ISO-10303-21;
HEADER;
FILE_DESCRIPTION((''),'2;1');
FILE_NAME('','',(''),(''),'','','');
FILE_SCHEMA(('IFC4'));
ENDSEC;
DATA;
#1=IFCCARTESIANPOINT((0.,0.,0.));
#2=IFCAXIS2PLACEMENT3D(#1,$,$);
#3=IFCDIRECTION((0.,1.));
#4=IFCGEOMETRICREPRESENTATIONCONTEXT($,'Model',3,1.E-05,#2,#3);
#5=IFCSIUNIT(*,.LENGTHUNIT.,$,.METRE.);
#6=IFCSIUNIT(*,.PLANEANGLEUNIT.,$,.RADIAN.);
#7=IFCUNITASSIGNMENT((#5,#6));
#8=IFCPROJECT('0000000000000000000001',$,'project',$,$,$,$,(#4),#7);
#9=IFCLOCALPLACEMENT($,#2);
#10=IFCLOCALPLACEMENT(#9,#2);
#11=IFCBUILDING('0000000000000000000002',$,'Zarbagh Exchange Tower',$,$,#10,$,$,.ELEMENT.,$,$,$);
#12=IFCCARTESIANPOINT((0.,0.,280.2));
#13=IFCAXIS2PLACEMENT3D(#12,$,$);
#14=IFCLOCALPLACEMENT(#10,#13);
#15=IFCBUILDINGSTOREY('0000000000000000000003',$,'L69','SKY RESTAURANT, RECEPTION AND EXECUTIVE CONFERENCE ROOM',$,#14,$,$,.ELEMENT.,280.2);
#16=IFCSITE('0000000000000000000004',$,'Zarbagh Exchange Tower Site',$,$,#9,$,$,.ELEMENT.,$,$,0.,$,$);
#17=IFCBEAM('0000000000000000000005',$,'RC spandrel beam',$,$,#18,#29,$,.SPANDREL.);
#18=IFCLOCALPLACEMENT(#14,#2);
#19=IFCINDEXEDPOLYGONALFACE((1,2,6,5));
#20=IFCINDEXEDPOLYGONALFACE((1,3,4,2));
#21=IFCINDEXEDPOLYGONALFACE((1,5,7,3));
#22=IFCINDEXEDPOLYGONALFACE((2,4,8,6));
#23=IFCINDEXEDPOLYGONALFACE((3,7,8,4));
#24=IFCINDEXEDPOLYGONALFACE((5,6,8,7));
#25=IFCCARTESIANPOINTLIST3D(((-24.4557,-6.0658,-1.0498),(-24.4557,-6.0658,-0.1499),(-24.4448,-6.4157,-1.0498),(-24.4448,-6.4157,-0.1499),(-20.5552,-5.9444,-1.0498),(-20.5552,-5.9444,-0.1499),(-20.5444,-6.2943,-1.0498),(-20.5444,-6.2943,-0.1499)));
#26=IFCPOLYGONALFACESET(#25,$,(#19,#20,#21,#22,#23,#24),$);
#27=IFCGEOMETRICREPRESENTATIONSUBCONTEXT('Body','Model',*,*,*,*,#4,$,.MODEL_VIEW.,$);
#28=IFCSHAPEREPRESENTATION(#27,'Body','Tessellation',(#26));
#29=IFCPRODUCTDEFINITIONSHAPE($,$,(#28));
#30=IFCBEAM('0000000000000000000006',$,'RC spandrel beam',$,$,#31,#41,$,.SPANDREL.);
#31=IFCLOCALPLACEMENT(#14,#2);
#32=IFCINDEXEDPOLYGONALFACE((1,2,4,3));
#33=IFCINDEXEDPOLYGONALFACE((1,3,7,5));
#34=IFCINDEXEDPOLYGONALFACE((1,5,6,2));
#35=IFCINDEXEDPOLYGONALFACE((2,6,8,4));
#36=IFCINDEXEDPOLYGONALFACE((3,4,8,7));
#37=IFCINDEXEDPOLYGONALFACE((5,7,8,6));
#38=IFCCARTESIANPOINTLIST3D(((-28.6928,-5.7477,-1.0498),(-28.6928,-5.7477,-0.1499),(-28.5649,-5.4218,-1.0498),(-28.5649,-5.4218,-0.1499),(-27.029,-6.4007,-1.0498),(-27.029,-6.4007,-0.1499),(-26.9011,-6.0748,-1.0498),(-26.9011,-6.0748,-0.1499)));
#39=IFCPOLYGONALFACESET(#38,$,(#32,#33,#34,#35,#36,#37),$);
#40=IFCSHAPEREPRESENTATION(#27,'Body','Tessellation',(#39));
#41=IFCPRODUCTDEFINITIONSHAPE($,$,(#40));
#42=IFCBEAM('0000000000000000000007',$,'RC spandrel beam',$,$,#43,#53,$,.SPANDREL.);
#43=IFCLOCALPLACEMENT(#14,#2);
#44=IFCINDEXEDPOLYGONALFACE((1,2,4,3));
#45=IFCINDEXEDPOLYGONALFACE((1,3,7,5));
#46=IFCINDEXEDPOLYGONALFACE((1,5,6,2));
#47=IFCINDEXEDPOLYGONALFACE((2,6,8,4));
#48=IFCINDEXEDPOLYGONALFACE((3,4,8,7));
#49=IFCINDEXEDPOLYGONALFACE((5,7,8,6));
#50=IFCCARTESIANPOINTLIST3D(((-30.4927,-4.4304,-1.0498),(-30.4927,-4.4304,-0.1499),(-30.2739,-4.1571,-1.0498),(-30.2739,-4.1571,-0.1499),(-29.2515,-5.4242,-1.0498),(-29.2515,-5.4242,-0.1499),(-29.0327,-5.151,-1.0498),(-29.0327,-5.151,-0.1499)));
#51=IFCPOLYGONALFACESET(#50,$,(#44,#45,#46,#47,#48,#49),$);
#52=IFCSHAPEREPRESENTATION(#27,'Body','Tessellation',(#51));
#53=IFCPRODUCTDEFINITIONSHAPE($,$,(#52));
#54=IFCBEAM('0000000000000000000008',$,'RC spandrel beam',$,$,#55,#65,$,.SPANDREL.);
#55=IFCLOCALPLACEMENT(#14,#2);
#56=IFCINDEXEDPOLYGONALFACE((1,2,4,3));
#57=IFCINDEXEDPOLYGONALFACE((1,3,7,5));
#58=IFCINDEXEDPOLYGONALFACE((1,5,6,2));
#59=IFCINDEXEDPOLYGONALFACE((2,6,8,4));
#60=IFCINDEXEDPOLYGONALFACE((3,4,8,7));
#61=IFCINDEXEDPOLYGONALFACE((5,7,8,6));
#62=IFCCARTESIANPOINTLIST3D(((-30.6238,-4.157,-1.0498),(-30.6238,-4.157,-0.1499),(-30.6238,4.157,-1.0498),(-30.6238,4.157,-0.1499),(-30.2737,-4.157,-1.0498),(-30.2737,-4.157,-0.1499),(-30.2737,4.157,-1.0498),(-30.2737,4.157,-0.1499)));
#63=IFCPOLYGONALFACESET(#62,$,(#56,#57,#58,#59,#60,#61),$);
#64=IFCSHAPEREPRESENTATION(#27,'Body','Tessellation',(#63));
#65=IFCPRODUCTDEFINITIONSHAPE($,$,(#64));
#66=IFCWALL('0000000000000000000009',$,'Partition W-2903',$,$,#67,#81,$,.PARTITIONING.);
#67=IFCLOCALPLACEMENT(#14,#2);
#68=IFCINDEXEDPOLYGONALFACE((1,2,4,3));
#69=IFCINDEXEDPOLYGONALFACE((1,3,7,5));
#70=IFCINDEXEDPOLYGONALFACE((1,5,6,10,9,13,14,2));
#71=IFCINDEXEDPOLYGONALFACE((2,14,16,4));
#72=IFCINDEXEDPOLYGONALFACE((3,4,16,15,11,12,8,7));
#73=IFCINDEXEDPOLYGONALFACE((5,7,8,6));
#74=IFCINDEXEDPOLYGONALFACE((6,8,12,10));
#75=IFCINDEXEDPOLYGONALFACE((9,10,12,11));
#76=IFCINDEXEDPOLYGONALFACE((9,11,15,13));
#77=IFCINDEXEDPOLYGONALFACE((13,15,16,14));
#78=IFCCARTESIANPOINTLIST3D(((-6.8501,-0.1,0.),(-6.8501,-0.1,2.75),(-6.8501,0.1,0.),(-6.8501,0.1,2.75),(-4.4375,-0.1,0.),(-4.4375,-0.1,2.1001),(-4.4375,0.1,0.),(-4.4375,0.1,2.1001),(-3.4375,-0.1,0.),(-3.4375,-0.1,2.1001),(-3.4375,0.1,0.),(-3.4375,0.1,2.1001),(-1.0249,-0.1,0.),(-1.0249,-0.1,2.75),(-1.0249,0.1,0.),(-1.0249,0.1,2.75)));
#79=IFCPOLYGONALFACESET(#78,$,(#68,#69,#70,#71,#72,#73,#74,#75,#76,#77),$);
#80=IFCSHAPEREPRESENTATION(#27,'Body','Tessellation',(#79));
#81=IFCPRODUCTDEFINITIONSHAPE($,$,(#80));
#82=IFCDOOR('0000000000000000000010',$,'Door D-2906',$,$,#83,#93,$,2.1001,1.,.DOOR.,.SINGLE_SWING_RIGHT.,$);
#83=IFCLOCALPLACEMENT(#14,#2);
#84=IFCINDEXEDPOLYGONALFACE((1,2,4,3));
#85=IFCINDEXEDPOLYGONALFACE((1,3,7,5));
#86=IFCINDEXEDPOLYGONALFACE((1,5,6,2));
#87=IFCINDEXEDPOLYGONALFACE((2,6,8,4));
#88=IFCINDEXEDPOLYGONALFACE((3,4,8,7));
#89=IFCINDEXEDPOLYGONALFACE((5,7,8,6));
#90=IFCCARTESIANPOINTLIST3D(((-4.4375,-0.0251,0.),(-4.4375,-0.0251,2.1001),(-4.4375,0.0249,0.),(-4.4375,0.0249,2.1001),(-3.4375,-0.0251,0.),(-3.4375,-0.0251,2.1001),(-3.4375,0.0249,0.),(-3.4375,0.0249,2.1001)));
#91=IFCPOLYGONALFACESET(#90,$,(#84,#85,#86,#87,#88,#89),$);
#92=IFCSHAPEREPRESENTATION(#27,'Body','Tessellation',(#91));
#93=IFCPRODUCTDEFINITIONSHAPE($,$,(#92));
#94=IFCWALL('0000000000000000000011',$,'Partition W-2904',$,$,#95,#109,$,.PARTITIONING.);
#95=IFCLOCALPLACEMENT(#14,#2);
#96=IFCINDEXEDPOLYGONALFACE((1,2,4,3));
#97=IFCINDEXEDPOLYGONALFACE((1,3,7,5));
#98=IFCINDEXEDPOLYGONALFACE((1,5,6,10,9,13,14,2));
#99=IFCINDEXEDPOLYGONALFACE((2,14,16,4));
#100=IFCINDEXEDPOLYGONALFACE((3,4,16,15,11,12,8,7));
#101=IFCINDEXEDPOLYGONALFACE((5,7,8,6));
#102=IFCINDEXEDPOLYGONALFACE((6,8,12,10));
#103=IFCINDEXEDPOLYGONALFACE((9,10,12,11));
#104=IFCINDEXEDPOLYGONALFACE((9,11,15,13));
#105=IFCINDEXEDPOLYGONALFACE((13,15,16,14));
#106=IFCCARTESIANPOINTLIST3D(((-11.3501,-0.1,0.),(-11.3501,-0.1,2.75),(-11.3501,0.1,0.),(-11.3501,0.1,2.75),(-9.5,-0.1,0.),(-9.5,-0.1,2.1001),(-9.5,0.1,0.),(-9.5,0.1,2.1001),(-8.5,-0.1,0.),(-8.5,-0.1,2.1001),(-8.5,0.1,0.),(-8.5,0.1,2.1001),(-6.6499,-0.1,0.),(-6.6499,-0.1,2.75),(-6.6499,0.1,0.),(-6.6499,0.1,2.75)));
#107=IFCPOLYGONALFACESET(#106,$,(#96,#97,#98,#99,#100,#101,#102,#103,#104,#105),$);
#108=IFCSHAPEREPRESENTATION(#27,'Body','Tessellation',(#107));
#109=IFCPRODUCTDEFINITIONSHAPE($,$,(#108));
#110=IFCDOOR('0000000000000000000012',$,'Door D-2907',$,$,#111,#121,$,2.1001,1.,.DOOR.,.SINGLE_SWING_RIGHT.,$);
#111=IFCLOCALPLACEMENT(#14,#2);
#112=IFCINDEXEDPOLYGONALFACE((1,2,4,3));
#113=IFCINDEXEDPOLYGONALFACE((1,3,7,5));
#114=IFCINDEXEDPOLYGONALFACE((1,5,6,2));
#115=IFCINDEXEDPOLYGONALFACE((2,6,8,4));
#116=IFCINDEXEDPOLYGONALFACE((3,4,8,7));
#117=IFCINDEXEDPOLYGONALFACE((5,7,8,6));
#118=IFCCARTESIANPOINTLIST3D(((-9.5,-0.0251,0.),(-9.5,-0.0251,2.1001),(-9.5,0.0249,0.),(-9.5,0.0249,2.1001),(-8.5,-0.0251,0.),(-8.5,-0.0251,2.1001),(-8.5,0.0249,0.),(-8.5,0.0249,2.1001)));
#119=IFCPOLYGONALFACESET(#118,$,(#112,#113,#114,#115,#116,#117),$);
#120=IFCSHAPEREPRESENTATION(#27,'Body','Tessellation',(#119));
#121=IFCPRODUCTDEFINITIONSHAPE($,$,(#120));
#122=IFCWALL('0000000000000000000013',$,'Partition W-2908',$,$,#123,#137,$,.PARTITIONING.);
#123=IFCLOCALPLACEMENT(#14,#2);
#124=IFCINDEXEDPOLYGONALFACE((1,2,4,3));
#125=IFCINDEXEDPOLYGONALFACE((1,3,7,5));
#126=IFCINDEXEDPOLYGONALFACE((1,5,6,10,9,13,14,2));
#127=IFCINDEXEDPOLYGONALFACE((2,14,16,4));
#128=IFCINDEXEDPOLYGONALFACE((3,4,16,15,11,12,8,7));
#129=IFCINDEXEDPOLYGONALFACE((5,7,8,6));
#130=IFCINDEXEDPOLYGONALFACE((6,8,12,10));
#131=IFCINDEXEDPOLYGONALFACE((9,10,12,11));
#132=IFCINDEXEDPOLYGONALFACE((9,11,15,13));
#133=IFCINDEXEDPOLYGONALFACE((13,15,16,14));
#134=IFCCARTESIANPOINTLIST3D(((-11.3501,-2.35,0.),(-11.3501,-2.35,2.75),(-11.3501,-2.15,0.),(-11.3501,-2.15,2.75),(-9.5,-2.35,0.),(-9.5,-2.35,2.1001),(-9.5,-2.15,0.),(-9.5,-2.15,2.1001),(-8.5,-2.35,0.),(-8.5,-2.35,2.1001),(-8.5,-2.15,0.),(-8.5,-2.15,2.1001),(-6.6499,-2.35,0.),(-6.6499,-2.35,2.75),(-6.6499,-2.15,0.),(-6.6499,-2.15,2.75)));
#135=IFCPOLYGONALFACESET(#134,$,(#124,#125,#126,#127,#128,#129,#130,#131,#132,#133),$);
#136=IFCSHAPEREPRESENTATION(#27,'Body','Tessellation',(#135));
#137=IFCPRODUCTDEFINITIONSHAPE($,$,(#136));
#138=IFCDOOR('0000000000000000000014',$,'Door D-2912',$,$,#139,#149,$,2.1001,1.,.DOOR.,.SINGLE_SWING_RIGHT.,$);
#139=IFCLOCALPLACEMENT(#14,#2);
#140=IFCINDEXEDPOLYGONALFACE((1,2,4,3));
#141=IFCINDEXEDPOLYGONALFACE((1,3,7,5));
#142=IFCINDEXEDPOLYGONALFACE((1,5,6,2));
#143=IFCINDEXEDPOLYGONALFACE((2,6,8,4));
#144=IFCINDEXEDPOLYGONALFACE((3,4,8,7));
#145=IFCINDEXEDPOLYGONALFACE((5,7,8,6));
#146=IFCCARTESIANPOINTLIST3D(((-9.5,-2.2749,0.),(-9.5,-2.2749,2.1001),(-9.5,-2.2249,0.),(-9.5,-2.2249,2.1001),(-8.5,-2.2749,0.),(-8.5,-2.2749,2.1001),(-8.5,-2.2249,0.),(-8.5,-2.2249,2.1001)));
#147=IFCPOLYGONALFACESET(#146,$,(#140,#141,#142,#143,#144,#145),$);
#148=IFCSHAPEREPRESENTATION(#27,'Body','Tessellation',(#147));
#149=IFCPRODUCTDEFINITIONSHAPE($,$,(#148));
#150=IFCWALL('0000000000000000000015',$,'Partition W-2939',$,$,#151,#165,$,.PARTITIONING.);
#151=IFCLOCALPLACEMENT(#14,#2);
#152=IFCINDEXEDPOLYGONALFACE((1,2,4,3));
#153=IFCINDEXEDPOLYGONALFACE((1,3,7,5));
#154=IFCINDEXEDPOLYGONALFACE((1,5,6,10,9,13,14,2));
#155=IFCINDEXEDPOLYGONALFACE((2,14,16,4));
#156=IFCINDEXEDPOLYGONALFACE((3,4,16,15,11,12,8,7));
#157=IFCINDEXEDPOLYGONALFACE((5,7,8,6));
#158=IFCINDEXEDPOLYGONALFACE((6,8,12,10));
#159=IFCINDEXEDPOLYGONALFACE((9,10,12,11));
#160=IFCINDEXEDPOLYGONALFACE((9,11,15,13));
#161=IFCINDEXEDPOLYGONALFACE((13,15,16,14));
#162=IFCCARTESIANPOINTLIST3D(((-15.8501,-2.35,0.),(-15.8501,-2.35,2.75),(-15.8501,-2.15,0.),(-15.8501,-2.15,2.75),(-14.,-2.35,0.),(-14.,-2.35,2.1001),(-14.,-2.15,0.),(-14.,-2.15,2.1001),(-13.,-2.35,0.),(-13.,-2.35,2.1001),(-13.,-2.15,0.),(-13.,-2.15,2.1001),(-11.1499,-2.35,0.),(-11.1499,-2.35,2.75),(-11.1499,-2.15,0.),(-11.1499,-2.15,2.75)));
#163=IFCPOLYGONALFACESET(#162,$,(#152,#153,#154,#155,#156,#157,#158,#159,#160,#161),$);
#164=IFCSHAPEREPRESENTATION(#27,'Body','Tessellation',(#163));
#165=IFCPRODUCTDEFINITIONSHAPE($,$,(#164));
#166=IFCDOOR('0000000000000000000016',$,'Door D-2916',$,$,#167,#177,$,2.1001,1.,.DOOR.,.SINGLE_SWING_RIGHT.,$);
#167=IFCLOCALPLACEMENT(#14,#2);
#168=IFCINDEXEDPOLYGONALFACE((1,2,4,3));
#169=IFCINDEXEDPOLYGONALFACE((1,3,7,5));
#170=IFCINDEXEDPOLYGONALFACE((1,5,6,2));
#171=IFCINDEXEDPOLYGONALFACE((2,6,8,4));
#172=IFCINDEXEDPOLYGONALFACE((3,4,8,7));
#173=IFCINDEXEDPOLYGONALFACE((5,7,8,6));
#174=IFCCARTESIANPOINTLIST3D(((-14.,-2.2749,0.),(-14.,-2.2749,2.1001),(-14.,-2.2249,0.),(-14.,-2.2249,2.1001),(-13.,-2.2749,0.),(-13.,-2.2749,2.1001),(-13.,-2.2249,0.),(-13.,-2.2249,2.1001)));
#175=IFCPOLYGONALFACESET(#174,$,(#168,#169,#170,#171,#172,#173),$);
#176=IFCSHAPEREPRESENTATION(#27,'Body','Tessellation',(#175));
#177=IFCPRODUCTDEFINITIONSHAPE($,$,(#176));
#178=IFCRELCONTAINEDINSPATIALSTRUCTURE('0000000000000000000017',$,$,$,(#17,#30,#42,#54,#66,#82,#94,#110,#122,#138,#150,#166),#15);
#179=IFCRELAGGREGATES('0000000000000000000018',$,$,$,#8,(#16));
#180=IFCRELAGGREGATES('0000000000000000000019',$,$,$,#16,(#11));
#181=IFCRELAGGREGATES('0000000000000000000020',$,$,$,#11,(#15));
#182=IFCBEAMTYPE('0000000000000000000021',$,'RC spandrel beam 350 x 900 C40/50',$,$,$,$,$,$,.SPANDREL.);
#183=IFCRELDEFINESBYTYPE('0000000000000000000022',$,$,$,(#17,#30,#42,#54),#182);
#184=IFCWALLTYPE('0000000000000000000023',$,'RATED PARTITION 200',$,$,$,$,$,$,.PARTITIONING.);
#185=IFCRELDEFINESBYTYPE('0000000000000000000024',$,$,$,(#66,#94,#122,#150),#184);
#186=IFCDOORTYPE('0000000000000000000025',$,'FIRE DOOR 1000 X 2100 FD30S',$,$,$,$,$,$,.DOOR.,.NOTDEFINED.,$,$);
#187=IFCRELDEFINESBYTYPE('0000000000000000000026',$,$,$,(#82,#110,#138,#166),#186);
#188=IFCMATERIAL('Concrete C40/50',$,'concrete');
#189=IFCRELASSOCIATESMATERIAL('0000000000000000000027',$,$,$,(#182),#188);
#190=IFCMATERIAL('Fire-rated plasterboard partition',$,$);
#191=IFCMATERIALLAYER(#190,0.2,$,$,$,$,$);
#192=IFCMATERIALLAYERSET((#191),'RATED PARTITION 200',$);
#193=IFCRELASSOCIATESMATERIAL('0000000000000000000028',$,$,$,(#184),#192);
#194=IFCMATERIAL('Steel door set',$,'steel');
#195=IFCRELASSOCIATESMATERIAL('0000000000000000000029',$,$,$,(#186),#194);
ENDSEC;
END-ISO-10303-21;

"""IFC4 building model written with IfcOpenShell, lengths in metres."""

from ifc_helpers import new_model, si_unit, direction, frame, frame_2d, origin, origin_2d, place, context, subcontext, project, spatial, rectangle, extrude, material, layer, layer_set, material_profile, profile_set, type_object, element, fill, save


model = new_model("IFC4")

# Units and contexts
model_context = context("Model", 3, precision=1e-05, world=origin(), true_north=direction((0.0, 1.0)))
body_context = subcontext(model_context, "Body", "Model", "MODEL_VIEW")
ifc_project = project(units=[si_unit("LENGTHUNIT", "METRE"), si_unit("PLANEANGLEUNIT", "RADIAN")], contexts=[model_context])

# Site, building, storey
site_placement = place(None, origin())
site = spatial("IfcSite", under=ifc_project, at=site_placement, Name="Zarbagh Exchange Tower Site", CompositionType="ELEMENT", RefElevation=0.0)
building_placement = place(site_placement, origin())
building = spatial("IfcBuilding", under=site, at=building_placement, Name="Zarbagh Exchange Tower", CompositionType="ELEMENT")
storey_placement = place(building_placement, frame((0.0, 0.0, 280.2)))
storey = spatial("IfcBuildingStorey", under=building, at=storey_placement, Name="L69", Description="SKY RESTAURANT, RECEPTION AND EXECUTIVE CONFERENCE ROOM", CompositionType="ELEMENT", Elevation=280.2)

# Shared definitions
ifc_material_1 = material(Name="Concrete C40/50", Category="concrete")

# Beams
ifc_material_profile_1 = material_profile(ifc_material_1, rectangle(XDim=0.3501, YDim=0.8999, at=origin_2d()), Name="RC spandrel beam 350 x 900 C40/50")
ifc_profile_set_1 = profile_set([ifc_material_profile_1], Name="Concrete C40/50")
beam_type_1 = type_object("IfcBeamType", Name="RC spandrel beam 350 x 900 C40/50", PredefinedType="SPANDREL", material=ifc_profile_set_1)
for number, where, z_axis, x_axis, name in (
    (1, (-20.5498, -6.1194, -0.5999), (-0.999516, -0.031094, 0.0), (0.031094, -0.999516, 0.0), "RC spandrel beam"),
):
    element("IfcBeam", number, at=place(storey_placement, frame(where, z_axis=z_axis, x_axis=x_axis)), inside=storey, type_object=beam_type_1, Name=name, PredefinedType="SPANDREL", context=body_context, shape_type="SweptSolid", body=[
        extrude(rectangle(XDim=0.3501, YDim=0.8999, at=origin_2d()), origin(), (0.0, 0.0, 1.0), 3.9023),
    ])
beam_1_placement = place(storey_placement, frame((-26.9651, -6.2378, -0.5999), z_axis=(-0.930859, 0.365378, 0.0), x_axis=(-0.365378, -0.930859, 0.0)))
element("IfcBeam", 2, at=beam_1_placement, inside=storey, type_object=beam_type_1, Name="RC spandrel beam", PredefinedType="SPANDREL", context=body_context, shape_type="SweptSolid", body=[
    extrude(rectangle(XDim=0.3501, YDim=0.8999, at=origin_2d()), origin(), (0.0, 0.0, 1.0), 1.7874),
])
beam_2_placement = place(storey_placement, frame((-29.1421, -5.2876, -0.5999), z_axis=(-0.780584, 0.625051, 0.0), x_axis=(-0.625051, -0.780584, 0.0)))
element("IfcBeam", 3, at=beam_2_placement, inside=storey, type_object=beam_type_1, Name="RC spandrel beam", PredefinedType="SPANDREL", context=body_context, shape_type="SweptSolid", body=[
    extrude(rectangle(XDim=0.3501, YDim=0.8999, at=origin_2d()), origin(), (0.0, 0.0, 1.0), 1.5901),
])
beam_3_placement = place(storey_placement, frame((-30.4487, -4.157, -0.5999), z_axis=(0.0, 1.0, 0.0), x_axis=(-1.0, 0.0, 0.0)))
element("IfcBeam", 4, at=beam_3_placement, inside=storey, type_object=beam_type_1, Name="RC spandrel beam", PredefinedType="SPANDREL", context=body_context, shape_type="SweptSolid", body=[
    extrude(rectangle(XDim=0.3501, YDim=0.8999, at=origin_2d()), origin(), (0.0, 0.0, 1.0), 8.314),
])

# Walls, openings, doors
ifc_material_2 = material(Name="Fire-rated plasterboard partition")
ifc_layer = layer(ifc_material_2, 0.2)
ifc_layer_set = layer_set([ifc_layer], Name="RATED PARTITION 200")
wall_type = type_object("IfcWallType", Name="RATED PARTITION 200", PredefinedType="PARTITIONING", material=ifc_layer_set)
wall_1_placement = place(storey_placement, frame((-6.8501, 0.0, 0.0), z_axis=(0.0, 0.0, 1.0), x_axis=(1.0, 0.0, 0.0)))
wall_1 = element("IfcWall", 5, at=wall_1_placement, inside=storey, type_object=wall_type, Name="Partition W-2903", PredefinedType="PARTITIONING", context=body_context, shape_type="SweptSolid", body=[
    extrude(rectangle(XDim=5.8252, YDim=0.2, at=frame_2d((2.9126, 0.0))), origin(), (0.0, 0.0, 1.0), 2.75),
])
opening_1_placement = place(wall_1_placement, frame((2.4126, 0.0, 0.0)))
opening_1 = element("IfcOpeningElement", 6, at=opening_1_placement, cuts=wall_1, PredefinedType="OPENING", context=body_context, shape_type="SweptSolid", body=[
    extrude(rectangle(XDim=1.0, YDim=2.1001, at=frame_2d((0.5, 1.05))), frame((0.0, 0.1099, 0.0), z_axis=(0.0, -1.0, 0.0), x_axis=(1.0, 0.0, 0.0)), (0.0, 0.0, 1.0), 0.22),
])
ifc_material_3 = material(Name="Steel door set", Category="steel")
door_type = type_object("IfcDoorType", Name="FIRE DOOR 1000 X 2100 FD30S", OperationType="NOTDEFINED", PredefinedType="DOOR", material=ifc_material_3)
door_1_placement = place(opening_1_placement, origin())
door_1 = element("IfcDoor", 7, at=door_1_placement, inside=storey, type_object=door_type, Name="Door D-2906", OperationType="SINGLE_SWING_RIGHT", OverallHeight=2.1001, OverallWidth=1.0, PredefinedType="DOOR", context=body_context, shape_type="SweptSolid", body=[
    extrude(rectangle(XDim=1.0, YDim=2.1001, at=frame_2d((0.5, 1.05))), frame((0.0, 0.0249, 0.0), z_axis=(0.0, -1.0, 0.0), x_axis=(1.0, 0.0, 0.0)), (0.0, 0.0, 1.0), 0.05),
])
fill(opening_1, door_1)
wall_2_placement = place(storey_placement, frame((-11.3501, 0.0, 0.0), z_axis=(0.0, 0.0, 1.0), x_axis=(1.0, 0.0, 0.0)))
wall_2 = element("IfcWall", 8, at=wall_2_placement, inside=storey, type_object=wall_type, Name="Partition W-2904", PredefinedType="PARTITIONING", context=body_context, shape_type="SweptSolid", body=[
    extrude(rectangle(XDim=4.7002, YDim=0.2, at=frame_2d((2.3501, 0.0))), origin(), (0.0, 0.0, 1.0), 2.75),
])
opening_2_placement = place(wall_2_placement, frame((1.8501, 0.0, 0.0)))
opening_2 = element("IfcOpeningElement", 9, at=opening_2_placement, cuts=wall_2, PredefinedType="OPENING", context=body_context, shape_type="SweptSolid", body=[
    extrude(rectangle(XDim=1.0, YDim=2.1001, at=frame_2d((0.5, 1.05))), frame((0.0, 0.1099, 0.0), z_axis=(0.0, -1.0, 0.0), x_axis=(1.0, 0.0, 0.0)), (0.0, 0.0, 1.0), 0.22),
])
door_2_placement = place(opening_2_placement, origin())
door_2 = element("IfcDoor", 10, at=door_2_placement, inside=storey, type_object=door_type, Name="Door D-2907", OperationType="SINGLE_SWING_RIGHT", OverallHeight=2.1001, OverallWidth=1.0, PredefinedType="DOOR", context=body_context, shape_type="SweptSolid", body=[
    extrude(rectangle(XDim=1.0, YDim=2.1001, at=frame_2d((0.5, 1.05))), frame((0.0, 0.0249, 0.0), z_axis=(0.0, -1.0, 0.0), x_axis=(1.0, 0.0, 0.0)), (0.0, 0.0, 1.0), 0.05),
])
fill(opening_2, door_2)
wall_3_placement = place(storey_placement, frame((-6.6499, -2.25, 0.0), z_axis=(0.0, 0.0, 1.0), x_axis=(-1.0, 0.0, 0.0)))
wall_3 = element("IfcWall", 11, at=wall_3_placement, inside=storey, type_object=wall_type, Name="Partition W-2908", PredefinedType="PARTITIONING", context=body_context, shape_type="SweptSolid", body=[
    extrude(rectangle(XDim=4.7002, YDim=0.2, at=frame_2d((2.3501, 0.0))), origin(), (0.0, 0.0, 1.0), 2.75),
])
opening_3_placement = place(wall_3_placement, frame((1.8501, 0.0, 0.0)))
opening_3 = element("IfcOpeningElement", 12, at=opening_3_placement, cuts=wall_3, PredefinedType="OPENING", context=body_context, shape_type="SweptSolid", body=[
    extrude(rectangle(XDim=1.0, YDim=2.1001, at=frame_2d((0.5, 1.05))), frame((0.0, 0.1099, 0.0), z_axis=(0.0, -1.0, 0.0), x_axis=(1.0, 0.0, 0.0)), (0.0, 0.0, 1.0), 0.22),
])
door_3_placement = place(opening_3_placement, origin())
door_3 = element("IfcDoor", 13, at=door_3_placement, inside=storey, type_object=door_type, Name="Door D-2912", OperationType="SINGLE_SWING_RIGHT", OverallHeight=2.1001, OverallWidth=1.0, PredefinedType="DOOR", context=body_context, shape_type="SweptSolid", body=[
    extrude(rectangle(XDim=1.0, YDim=2.1001, at=frame_2d((0.5, 1.05))), frame((0.0, 0.0249, 0.0), z_axis=(0.0, -1.0, 0.0), x_axis=(1.0, 0.0, 0.0)), (0.0, 0.0, 1.0), 0.05),
])
fill(opening_3, door_3)
wall_4_placement = place(storey_placement, frame((-11.1499, -2.25, 0.0), z_axis=(0.0, 0.0, 1.0), x_axis=(-1.0, 0.0, 0.0)))
wall_4 = element("IfcWall", 14, at=wall_4_placement, inside=storey, type_object=wall_type, Name="Partition W-2939", PredefinedType="PARTITIONING", context=body_context, shape_type="SweptSolid", body=[
    extrude(rectangle(XDim=4.7002, YDim=0.2, at=frame_2d((2.3501, 0.0))), origin(), (0.0, 0.0, 1.0), 2.75),
])
opening_4_placement = place(wall_4_placement, frame((1.8501, 0.0, 0.0)))
opening_4 = element("IfcOpeningElement", 15, at=opening_4_placement, cuts=wall_4, PredefinedType="OPENING", context=body_context, shape_type="SweptSolid", body=[
    extrude(rectangle(XDim=1.0, YDim=2.1001, at=frame_2d((0.5, 1.05))), frame((0.0, 0.1099, 0.0), z_axis=(0.0, -1.0, 0.0), x_axis=(1.0, 0.0, 0.0)), (0.0, 0.0, 1.0), 0.22),
])
door_4_placement = place(opening_4_placement, origin())
door_4 = element("IfcDoor", 16, at=door_4_placement, inside=storey, type_object=door_type, Name="Door D-2916", OperationType="SINGLE_SWING_RIGHT", OverallHeight=2.1001, OverallWidth=1.0, PredefinedType="DOOR", context=body_context, shape_type="SweptSolid", body=[
    extrude(rectangle(XDim=1.0, YDim=2.1001, at=frame_2d((0.5, 1.05))), frame((0.0, 0.0249, 0.0), z_axis=(0.0, -1.0, 0.0), x_axis=(1.0, 0.0, 0.0)), (0.0, 0.0, 1.0), 0.05),
])
fill(opening_4, door_4)

save(model, "model.ifc")
